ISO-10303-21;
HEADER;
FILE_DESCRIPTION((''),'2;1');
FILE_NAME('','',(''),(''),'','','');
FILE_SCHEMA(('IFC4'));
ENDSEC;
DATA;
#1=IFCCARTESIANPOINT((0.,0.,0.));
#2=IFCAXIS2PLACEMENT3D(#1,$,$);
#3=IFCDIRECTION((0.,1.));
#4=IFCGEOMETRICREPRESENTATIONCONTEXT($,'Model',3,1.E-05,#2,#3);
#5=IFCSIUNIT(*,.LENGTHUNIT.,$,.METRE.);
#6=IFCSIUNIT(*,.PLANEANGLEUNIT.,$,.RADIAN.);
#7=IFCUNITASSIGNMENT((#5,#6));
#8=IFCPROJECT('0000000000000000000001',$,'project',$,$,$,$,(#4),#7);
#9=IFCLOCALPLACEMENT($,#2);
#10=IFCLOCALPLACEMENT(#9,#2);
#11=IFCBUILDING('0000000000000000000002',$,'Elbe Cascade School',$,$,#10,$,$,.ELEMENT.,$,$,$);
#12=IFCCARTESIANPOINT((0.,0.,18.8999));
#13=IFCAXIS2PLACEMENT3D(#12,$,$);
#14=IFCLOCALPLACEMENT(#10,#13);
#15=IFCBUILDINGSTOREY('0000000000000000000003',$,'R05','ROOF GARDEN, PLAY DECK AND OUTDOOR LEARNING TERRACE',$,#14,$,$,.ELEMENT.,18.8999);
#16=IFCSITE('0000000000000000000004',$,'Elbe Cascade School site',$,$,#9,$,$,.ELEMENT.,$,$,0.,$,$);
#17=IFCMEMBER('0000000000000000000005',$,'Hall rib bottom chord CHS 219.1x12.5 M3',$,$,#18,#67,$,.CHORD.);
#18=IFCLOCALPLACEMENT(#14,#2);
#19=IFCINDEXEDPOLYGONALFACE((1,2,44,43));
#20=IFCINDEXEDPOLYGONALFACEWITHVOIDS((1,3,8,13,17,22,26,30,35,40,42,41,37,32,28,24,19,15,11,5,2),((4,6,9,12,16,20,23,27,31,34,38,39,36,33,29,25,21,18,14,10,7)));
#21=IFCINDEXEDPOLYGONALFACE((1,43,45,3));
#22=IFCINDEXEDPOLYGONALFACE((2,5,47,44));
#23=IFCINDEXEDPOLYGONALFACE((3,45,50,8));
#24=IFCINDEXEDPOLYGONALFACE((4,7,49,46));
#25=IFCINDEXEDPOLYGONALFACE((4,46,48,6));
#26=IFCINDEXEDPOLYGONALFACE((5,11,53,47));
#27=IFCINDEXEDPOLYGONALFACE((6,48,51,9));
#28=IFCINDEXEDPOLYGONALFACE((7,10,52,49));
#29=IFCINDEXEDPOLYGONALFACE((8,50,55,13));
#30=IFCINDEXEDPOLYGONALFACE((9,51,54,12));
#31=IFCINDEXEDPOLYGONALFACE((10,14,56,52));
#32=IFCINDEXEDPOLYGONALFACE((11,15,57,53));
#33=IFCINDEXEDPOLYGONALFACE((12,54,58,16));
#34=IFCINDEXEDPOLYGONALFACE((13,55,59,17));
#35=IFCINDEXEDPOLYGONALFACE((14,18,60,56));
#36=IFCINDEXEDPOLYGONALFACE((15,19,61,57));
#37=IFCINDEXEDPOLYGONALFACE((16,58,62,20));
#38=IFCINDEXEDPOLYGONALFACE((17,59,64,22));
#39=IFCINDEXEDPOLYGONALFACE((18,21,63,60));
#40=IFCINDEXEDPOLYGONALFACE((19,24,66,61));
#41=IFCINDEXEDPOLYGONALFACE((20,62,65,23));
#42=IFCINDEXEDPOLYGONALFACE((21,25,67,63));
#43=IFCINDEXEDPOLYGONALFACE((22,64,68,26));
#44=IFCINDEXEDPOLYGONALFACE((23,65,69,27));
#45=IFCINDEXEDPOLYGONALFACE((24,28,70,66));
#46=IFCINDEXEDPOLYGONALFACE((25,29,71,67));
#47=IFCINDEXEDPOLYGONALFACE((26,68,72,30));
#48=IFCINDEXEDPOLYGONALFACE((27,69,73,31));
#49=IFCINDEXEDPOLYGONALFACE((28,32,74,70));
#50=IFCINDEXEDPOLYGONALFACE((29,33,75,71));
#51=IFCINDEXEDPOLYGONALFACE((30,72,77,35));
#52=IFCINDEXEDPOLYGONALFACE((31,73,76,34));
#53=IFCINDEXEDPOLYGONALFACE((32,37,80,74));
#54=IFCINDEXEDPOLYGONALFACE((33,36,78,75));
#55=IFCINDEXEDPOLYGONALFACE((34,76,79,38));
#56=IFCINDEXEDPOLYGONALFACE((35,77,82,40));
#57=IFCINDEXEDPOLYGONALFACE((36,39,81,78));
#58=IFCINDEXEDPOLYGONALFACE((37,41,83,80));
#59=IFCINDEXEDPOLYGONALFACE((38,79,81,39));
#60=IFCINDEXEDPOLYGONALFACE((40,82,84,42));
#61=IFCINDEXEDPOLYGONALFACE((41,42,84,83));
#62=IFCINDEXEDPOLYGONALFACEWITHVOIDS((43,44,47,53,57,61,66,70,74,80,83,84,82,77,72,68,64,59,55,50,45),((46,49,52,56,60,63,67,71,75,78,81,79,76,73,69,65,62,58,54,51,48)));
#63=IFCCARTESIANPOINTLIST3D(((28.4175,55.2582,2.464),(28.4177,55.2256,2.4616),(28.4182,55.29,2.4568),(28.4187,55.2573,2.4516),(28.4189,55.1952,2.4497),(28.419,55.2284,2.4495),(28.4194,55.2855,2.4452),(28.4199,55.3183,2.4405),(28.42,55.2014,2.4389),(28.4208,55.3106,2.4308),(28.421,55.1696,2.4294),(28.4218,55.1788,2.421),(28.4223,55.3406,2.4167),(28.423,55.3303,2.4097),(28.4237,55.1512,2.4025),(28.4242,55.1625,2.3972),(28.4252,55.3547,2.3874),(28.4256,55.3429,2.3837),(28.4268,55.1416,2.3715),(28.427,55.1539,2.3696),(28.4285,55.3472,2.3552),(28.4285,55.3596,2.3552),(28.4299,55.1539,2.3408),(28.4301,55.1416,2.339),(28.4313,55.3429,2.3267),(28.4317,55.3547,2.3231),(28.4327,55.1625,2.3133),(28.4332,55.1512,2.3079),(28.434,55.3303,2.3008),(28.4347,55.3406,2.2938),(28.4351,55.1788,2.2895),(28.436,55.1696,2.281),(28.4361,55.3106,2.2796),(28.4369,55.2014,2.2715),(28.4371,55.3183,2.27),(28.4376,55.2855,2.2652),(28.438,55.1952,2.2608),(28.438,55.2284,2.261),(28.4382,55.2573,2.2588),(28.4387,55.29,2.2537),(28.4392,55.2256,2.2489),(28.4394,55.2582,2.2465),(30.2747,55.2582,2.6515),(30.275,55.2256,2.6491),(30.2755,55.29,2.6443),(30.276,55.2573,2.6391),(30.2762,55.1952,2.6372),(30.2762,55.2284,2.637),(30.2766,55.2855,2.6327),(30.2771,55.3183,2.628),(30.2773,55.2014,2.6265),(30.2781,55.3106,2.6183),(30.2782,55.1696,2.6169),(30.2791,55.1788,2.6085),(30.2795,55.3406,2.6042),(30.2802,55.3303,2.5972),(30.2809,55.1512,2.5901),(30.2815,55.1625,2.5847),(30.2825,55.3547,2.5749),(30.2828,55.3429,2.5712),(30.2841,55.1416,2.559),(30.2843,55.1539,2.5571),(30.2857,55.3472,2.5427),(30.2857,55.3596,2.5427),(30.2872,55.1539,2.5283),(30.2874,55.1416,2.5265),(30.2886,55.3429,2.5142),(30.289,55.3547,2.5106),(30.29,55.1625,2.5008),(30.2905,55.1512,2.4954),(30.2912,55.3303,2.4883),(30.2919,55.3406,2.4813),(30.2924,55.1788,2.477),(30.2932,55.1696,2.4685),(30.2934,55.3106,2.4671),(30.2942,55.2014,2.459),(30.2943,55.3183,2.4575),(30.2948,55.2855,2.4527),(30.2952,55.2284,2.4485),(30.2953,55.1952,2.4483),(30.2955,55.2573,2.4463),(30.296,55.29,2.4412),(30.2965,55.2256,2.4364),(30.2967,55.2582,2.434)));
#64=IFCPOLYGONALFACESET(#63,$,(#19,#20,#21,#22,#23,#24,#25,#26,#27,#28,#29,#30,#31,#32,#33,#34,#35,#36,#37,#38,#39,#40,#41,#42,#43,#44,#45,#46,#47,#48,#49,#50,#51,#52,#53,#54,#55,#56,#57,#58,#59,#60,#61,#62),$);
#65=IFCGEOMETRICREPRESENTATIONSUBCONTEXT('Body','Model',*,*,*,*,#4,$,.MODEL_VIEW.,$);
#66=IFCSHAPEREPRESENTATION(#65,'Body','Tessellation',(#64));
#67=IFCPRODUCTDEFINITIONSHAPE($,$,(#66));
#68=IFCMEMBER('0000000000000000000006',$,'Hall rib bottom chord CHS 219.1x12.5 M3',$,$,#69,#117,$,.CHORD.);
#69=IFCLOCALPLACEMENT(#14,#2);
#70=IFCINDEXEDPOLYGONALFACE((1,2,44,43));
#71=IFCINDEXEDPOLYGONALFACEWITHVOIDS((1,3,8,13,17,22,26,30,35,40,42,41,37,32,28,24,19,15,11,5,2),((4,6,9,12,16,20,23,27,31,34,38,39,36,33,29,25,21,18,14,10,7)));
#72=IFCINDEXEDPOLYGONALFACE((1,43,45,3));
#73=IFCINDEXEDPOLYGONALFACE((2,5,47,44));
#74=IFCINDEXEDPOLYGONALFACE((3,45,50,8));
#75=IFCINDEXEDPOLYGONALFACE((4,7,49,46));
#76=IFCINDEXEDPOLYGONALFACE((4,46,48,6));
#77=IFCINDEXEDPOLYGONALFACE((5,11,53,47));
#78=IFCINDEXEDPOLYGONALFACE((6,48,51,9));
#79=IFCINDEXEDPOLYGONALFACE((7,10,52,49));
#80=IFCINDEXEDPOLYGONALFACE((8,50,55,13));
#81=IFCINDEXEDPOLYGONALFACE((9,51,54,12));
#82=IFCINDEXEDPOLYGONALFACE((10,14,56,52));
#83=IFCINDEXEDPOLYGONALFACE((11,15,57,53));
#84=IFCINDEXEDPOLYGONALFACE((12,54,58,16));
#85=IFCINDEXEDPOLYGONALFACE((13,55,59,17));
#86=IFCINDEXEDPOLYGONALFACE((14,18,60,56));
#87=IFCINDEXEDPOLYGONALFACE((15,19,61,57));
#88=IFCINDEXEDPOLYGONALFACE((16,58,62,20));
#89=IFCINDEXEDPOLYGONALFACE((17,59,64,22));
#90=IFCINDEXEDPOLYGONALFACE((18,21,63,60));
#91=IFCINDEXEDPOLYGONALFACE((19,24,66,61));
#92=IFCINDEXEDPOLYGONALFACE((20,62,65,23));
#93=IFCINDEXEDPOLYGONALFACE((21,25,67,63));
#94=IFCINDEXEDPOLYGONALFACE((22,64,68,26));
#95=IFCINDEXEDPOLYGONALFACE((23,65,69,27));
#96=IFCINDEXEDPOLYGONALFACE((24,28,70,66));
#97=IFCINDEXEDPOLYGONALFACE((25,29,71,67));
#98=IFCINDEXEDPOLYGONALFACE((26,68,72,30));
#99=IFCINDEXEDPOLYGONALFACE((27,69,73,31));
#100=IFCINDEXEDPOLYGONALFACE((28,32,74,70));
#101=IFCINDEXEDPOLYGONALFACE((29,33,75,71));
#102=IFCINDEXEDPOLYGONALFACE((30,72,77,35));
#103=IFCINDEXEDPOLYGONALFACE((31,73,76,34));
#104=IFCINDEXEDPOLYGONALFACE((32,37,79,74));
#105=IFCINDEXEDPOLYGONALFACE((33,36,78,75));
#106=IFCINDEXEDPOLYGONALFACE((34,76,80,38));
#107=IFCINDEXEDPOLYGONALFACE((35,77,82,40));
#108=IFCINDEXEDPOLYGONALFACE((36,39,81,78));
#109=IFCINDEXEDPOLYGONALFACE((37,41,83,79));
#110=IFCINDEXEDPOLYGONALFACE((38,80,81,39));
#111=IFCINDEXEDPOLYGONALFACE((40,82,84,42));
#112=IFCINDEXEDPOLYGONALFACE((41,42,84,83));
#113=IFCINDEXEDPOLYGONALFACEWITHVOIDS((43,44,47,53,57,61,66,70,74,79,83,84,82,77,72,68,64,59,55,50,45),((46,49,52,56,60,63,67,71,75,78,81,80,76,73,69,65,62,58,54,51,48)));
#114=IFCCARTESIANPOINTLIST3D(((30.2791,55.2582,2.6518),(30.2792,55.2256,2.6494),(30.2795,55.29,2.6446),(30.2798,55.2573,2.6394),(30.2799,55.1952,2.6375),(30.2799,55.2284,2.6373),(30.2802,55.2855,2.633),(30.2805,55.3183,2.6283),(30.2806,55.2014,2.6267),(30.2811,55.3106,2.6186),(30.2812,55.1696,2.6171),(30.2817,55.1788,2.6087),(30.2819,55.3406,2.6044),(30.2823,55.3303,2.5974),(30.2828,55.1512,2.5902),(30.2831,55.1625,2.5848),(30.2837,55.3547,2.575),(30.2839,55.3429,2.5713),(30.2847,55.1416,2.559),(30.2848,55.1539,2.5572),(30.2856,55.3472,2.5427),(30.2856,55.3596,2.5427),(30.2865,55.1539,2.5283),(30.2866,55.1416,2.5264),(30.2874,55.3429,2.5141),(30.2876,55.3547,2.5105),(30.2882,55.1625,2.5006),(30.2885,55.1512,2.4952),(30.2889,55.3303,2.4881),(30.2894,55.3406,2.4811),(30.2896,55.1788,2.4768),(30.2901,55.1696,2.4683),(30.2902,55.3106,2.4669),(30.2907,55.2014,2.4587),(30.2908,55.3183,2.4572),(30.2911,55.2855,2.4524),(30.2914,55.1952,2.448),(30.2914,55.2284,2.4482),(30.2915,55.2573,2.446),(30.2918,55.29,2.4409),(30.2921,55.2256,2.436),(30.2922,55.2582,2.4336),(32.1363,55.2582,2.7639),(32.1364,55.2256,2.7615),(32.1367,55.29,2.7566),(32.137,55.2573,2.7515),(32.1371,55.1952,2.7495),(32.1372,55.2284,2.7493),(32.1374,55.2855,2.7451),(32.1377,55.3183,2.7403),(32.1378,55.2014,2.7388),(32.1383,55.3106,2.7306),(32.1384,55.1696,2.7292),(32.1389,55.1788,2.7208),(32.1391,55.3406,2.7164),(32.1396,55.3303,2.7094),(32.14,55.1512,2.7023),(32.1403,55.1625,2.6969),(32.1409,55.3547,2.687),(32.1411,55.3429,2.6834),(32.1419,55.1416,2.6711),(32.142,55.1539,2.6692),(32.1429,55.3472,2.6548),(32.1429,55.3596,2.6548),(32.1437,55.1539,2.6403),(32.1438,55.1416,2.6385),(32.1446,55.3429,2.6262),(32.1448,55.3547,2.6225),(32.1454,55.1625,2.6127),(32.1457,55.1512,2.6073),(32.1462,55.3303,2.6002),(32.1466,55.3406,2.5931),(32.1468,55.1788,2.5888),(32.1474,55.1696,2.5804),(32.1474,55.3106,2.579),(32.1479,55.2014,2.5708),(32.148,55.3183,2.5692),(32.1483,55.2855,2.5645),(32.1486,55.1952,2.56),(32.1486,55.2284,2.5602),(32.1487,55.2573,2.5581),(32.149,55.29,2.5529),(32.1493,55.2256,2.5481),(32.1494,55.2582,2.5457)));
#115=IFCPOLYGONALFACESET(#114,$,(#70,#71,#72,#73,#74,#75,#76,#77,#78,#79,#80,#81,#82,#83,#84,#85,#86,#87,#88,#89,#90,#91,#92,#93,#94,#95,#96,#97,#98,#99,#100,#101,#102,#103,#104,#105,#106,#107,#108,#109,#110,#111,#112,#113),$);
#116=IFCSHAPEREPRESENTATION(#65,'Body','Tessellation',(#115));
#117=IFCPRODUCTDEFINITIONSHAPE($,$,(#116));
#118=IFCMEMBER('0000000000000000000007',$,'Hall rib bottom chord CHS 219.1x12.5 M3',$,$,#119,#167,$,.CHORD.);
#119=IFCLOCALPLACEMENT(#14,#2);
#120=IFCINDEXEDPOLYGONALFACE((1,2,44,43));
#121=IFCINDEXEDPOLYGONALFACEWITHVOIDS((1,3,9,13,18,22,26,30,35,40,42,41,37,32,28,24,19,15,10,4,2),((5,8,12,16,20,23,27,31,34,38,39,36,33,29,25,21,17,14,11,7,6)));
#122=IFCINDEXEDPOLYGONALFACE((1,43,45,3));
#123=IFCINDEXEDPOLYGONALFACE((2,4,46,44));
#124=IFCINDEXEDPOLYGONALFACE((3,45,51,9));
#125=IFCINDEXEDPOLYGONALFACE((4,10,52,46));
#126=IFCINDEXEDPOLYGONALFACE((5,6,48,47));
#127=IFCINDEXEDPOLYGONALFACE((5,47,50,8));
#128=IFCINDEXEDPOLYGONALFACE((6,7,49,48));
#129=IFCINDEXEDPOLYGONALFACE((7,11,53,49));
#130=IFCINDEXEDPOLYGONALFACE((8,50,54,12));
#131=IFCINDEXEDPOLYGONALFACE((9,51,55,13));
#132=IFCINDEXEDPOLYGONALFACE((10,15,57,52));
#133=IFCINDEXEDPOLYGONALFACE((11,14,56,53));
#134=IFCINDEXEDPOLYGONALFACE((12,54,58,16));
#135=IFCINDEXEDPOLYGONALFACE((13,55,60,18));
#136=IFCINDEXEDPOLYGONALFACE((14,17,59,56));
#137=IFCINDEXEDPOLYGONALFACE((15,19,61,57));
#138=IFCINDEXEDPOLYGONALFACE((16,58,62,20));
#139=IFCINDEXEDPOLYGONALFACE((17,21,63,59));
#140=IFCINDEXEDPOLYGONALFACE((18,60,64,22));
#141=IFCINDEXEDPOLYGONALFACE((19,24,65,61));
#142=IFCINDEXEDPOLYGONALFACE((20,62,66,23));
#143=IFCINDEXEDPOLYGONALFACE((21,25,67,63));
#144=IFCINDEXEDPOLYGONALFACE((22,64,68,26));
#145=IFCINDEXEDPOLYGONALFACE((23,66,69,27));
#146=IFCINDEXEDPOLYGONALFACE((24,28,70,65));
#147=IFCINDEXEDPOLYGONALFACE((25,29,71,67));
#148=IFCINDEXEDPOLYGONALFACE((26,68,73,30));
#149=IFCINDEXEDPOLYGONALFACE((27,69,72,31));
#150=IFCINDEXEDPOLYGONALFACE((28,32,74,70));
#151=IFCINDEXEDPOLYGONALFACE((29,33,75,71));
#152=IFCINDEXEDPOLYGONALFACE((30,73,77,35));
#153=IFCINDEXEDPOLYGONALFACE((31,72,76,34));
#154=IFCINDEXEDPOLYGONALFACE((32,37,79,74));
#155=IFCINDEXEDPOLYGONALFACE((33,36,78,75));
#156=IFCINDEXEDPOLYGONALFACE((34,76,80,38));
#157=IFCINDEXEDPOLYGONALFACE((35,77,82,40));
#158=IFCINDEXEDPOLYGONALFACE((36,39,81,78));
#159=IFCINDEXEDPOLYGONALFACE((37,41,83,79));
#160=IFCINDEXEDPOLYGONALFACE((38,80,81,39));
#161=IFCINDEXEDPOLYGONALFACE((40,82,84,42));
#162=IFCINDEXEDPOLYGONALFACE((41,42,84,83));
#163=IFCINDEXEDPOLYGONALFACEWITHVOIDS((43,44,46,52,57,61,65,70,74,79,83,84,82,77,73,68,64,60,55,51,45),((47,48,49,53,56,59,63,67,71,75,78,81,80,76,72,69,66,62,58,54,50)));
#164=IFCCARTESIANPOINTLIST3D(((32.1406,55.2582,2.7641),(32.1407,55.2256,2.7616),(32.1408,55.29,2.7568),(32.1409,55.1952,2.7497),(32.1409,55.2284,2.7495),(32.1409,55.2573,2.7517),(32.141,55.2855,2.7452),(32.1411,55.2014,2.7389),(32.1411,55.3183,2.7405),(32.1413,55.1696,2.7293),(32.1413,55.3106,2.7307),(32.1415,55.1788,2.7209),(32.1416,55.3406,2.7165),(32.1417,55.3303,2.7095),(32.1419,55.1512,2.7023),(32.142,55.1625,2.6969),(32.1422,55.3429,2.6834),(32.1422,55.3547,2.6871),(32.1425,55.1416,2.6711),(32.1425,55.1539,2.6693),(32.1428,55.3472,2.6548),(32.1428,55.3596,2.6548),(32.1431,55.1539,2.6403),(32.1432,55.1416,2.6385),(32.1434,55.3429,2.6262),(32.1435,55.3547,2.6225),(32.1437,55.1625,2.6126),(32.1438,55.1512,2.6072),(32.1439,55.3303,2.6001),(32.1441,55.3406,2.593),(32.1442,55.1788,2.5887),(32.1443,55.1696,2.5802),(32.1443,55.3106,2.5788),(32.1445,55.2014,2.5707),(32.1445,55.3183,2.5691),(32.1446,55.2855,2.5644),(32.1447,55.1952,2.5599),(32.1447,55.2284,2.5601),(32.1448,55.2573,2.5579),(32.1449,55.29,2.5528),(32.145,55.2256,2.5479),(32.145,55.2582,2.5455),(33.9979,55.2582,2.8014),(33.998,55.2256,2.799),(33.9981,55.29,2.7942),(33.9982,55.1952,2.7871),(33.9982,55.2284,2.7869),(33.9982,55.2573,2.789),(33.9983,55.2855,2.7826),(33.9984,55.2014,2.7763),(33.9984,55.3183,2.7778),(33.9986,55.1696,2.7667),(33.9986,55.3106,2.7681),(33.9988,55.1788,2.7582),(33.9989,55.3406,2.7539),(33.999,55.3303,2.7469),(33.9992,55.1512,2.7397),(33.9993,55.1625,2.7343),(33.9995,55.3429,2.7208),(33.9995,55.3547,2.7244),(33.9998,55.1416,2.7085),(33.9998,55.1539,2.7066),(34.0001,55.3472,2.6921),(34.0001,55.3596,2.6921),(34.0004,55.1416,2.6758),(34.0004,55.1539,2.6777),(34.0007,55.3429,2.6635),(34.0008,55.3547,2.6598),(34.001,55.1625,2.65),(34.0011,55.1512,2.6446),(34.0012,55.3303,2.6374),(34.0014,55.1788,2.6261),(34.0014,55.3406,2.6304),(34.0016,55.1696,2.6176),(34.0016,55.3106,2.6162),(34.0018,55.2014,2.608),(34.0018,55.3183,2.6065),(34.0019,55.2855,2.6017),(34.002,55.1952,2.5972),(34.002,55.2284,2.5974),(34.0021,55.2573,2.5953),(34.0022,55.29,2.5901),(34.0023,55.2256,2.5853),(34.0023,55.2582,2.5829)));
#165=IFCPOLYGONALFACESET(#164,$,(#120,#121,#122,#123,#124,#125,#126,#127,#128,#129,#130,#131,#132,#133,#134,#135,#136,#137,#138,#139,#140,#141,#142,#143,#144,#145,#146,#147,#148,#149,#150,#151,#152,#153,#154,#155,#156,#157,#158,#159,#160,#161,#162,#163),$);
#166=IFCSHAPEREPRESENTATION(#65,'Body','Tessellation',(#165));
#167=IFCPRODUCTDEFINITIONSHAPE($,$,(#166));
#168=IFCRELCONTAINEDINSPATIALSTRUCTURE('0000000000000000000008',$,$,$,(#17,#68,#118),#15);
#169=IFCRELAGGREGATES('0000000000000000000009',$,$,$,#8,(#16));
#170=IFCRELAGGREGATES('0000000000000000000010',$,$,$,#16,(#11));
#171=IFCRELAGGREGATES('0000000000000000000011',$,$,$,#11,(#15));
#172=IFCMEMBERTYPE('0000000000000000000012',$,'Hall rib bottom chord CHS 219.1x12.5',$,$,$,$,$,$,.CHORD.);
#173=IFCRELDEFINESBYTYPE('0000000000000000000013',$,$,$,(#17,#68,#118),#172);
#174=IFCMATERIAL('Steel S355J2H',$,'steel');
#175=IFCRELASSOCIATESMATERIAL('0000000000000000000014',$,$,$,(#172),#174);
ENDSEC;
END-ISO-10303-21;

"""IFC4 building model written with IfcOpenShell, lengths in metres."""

from ifc_helpers import new_model, si_unit, direction, frame, origin, origin_2d, place, context, subcontext, project, spatial, hollow_circle, extrude, material, material_profile, profile_set, type_object, element, save


model = new_model("IFC4")

# Units and contexts
model_context = context("Model", 3, precision=1e-05, world=origin(), true_north=direction((0.0, 1.0)))
body_context = subcontext(model_context, "Body", "Model", "MODEL_VIEW")
ifc_project = project(units=[si_unit("LENGTHUNIT", "METRE"), si_unit("PLANEANGLEUNIT", "RADIAN")], contexts=[model_context])

# Site, building, storey
site_placement = place(None, origin())
site = spatial("IfcSite", under=ifc_project, at=site_placement, Name="Elbe Cascade School site", CompositionType="ELEMENT", RefElevation=0.0)
building_placement = place(site_placement, origin())
building = spatial("IfcBuilding", under=site, at=building_placement, Name="Elbe Cascade School", CompositionType="ELEMENT")
storey_placement = place(building_placement, frame((0.0, 0.0, 18.8999)))
storey = spatial("IfcBuildingStorey", under=building, at=storey_placement, Name="R05", Description="ROOF GARDEN, PLAY DECK AND OUTDOOR LEARNING TERRACE", CompositionType="ELEMENT", Elevation=18.8999)

# Members
ifc_material_1 = material(Name="Steel S355J2H", Category="steel")
ifc_material_profile_1 = material_profile(ifc_material_1, hollow_circle(Radius=0.1096, WallThickness=0.0125, at=origin_2d()), Name="CHS 219.1x12.5")
ifc_profile_set_1 = profile_set([ifc_material_profile_1], Name="Steel S355J2H")
member_type_1 = type_object("IfcMemberType", Name="Hall rib bottom chord CHS 219.1x12.5", PredefinedType="CHORD", material=ifc_profile_set_1)
member_1_placement = place(storey_placement, frame((28.4285, 55.25, 2.3552), z_axis=(0.994942, 0.0, 0.100449), x_axis=(0.0, 1.0, 0.0)))
element("IfcMember", 1, at=member_1_placement, inside=storey, type_object=member_type_1, Name="Hall rib bottom chord CHS 219.1x12.5 M3", PredefinedType="CHORD", context=body_context, shape_type="SweptSolid", body=[
    extrude(hollow_circle(Radius=0.1096, WallThickness=0.0125, at=origin_2d()), origin(), (0.0, 0.0, 1.0), 1.8667),
])
member_2_placement = place(storey_placement, frame((30.2856, 55.25, 2.5427), z_axis=(0.998185, 0.0, 0.06023), x_axis=(0.0, 1.0, 0.0)))
element("IfcMember", 2, at=member_2_placement, inside=storey, type_object=member_type_1, Name="Hall rib bottom chord CHS 219.1x12.5 M3", PredefinedType="CHORD", context=body_context, shape_type="SweptSolid", body=[
    extrude(hollow_circle(Radius=0.1096, WallThickness=0.0125, at=origin_2d()), origin(), (0.0, 0.0, 1.0), 1.8606),
])
for number, where, z_axis, x_axis, name in (
    (3, (32.1428, 55.25, 2.6548), (0.999798, 0.0, 0.020109), (0.0, 1.0, 0.0), "Hall rib bottom chord CHS 219.1x12.5 M3"),
):
    element("IfcMember", number, at=place(storey_placement, frame(where, z_axis=z_axis, x_axis=x_axis)), inside=storey, type_object=member_type_1, Name=name, PredefinedType="CHORD", context=body_context, shape_type="SweptSolid", body=[
        extrude(hollow_circle(Radius=0.1096, WallThickness=0.0125, at=origin_2d()), origin(), (0.0, 0.0, 1.0), 1.8577),
    ])

save(model, "model.ifc")
